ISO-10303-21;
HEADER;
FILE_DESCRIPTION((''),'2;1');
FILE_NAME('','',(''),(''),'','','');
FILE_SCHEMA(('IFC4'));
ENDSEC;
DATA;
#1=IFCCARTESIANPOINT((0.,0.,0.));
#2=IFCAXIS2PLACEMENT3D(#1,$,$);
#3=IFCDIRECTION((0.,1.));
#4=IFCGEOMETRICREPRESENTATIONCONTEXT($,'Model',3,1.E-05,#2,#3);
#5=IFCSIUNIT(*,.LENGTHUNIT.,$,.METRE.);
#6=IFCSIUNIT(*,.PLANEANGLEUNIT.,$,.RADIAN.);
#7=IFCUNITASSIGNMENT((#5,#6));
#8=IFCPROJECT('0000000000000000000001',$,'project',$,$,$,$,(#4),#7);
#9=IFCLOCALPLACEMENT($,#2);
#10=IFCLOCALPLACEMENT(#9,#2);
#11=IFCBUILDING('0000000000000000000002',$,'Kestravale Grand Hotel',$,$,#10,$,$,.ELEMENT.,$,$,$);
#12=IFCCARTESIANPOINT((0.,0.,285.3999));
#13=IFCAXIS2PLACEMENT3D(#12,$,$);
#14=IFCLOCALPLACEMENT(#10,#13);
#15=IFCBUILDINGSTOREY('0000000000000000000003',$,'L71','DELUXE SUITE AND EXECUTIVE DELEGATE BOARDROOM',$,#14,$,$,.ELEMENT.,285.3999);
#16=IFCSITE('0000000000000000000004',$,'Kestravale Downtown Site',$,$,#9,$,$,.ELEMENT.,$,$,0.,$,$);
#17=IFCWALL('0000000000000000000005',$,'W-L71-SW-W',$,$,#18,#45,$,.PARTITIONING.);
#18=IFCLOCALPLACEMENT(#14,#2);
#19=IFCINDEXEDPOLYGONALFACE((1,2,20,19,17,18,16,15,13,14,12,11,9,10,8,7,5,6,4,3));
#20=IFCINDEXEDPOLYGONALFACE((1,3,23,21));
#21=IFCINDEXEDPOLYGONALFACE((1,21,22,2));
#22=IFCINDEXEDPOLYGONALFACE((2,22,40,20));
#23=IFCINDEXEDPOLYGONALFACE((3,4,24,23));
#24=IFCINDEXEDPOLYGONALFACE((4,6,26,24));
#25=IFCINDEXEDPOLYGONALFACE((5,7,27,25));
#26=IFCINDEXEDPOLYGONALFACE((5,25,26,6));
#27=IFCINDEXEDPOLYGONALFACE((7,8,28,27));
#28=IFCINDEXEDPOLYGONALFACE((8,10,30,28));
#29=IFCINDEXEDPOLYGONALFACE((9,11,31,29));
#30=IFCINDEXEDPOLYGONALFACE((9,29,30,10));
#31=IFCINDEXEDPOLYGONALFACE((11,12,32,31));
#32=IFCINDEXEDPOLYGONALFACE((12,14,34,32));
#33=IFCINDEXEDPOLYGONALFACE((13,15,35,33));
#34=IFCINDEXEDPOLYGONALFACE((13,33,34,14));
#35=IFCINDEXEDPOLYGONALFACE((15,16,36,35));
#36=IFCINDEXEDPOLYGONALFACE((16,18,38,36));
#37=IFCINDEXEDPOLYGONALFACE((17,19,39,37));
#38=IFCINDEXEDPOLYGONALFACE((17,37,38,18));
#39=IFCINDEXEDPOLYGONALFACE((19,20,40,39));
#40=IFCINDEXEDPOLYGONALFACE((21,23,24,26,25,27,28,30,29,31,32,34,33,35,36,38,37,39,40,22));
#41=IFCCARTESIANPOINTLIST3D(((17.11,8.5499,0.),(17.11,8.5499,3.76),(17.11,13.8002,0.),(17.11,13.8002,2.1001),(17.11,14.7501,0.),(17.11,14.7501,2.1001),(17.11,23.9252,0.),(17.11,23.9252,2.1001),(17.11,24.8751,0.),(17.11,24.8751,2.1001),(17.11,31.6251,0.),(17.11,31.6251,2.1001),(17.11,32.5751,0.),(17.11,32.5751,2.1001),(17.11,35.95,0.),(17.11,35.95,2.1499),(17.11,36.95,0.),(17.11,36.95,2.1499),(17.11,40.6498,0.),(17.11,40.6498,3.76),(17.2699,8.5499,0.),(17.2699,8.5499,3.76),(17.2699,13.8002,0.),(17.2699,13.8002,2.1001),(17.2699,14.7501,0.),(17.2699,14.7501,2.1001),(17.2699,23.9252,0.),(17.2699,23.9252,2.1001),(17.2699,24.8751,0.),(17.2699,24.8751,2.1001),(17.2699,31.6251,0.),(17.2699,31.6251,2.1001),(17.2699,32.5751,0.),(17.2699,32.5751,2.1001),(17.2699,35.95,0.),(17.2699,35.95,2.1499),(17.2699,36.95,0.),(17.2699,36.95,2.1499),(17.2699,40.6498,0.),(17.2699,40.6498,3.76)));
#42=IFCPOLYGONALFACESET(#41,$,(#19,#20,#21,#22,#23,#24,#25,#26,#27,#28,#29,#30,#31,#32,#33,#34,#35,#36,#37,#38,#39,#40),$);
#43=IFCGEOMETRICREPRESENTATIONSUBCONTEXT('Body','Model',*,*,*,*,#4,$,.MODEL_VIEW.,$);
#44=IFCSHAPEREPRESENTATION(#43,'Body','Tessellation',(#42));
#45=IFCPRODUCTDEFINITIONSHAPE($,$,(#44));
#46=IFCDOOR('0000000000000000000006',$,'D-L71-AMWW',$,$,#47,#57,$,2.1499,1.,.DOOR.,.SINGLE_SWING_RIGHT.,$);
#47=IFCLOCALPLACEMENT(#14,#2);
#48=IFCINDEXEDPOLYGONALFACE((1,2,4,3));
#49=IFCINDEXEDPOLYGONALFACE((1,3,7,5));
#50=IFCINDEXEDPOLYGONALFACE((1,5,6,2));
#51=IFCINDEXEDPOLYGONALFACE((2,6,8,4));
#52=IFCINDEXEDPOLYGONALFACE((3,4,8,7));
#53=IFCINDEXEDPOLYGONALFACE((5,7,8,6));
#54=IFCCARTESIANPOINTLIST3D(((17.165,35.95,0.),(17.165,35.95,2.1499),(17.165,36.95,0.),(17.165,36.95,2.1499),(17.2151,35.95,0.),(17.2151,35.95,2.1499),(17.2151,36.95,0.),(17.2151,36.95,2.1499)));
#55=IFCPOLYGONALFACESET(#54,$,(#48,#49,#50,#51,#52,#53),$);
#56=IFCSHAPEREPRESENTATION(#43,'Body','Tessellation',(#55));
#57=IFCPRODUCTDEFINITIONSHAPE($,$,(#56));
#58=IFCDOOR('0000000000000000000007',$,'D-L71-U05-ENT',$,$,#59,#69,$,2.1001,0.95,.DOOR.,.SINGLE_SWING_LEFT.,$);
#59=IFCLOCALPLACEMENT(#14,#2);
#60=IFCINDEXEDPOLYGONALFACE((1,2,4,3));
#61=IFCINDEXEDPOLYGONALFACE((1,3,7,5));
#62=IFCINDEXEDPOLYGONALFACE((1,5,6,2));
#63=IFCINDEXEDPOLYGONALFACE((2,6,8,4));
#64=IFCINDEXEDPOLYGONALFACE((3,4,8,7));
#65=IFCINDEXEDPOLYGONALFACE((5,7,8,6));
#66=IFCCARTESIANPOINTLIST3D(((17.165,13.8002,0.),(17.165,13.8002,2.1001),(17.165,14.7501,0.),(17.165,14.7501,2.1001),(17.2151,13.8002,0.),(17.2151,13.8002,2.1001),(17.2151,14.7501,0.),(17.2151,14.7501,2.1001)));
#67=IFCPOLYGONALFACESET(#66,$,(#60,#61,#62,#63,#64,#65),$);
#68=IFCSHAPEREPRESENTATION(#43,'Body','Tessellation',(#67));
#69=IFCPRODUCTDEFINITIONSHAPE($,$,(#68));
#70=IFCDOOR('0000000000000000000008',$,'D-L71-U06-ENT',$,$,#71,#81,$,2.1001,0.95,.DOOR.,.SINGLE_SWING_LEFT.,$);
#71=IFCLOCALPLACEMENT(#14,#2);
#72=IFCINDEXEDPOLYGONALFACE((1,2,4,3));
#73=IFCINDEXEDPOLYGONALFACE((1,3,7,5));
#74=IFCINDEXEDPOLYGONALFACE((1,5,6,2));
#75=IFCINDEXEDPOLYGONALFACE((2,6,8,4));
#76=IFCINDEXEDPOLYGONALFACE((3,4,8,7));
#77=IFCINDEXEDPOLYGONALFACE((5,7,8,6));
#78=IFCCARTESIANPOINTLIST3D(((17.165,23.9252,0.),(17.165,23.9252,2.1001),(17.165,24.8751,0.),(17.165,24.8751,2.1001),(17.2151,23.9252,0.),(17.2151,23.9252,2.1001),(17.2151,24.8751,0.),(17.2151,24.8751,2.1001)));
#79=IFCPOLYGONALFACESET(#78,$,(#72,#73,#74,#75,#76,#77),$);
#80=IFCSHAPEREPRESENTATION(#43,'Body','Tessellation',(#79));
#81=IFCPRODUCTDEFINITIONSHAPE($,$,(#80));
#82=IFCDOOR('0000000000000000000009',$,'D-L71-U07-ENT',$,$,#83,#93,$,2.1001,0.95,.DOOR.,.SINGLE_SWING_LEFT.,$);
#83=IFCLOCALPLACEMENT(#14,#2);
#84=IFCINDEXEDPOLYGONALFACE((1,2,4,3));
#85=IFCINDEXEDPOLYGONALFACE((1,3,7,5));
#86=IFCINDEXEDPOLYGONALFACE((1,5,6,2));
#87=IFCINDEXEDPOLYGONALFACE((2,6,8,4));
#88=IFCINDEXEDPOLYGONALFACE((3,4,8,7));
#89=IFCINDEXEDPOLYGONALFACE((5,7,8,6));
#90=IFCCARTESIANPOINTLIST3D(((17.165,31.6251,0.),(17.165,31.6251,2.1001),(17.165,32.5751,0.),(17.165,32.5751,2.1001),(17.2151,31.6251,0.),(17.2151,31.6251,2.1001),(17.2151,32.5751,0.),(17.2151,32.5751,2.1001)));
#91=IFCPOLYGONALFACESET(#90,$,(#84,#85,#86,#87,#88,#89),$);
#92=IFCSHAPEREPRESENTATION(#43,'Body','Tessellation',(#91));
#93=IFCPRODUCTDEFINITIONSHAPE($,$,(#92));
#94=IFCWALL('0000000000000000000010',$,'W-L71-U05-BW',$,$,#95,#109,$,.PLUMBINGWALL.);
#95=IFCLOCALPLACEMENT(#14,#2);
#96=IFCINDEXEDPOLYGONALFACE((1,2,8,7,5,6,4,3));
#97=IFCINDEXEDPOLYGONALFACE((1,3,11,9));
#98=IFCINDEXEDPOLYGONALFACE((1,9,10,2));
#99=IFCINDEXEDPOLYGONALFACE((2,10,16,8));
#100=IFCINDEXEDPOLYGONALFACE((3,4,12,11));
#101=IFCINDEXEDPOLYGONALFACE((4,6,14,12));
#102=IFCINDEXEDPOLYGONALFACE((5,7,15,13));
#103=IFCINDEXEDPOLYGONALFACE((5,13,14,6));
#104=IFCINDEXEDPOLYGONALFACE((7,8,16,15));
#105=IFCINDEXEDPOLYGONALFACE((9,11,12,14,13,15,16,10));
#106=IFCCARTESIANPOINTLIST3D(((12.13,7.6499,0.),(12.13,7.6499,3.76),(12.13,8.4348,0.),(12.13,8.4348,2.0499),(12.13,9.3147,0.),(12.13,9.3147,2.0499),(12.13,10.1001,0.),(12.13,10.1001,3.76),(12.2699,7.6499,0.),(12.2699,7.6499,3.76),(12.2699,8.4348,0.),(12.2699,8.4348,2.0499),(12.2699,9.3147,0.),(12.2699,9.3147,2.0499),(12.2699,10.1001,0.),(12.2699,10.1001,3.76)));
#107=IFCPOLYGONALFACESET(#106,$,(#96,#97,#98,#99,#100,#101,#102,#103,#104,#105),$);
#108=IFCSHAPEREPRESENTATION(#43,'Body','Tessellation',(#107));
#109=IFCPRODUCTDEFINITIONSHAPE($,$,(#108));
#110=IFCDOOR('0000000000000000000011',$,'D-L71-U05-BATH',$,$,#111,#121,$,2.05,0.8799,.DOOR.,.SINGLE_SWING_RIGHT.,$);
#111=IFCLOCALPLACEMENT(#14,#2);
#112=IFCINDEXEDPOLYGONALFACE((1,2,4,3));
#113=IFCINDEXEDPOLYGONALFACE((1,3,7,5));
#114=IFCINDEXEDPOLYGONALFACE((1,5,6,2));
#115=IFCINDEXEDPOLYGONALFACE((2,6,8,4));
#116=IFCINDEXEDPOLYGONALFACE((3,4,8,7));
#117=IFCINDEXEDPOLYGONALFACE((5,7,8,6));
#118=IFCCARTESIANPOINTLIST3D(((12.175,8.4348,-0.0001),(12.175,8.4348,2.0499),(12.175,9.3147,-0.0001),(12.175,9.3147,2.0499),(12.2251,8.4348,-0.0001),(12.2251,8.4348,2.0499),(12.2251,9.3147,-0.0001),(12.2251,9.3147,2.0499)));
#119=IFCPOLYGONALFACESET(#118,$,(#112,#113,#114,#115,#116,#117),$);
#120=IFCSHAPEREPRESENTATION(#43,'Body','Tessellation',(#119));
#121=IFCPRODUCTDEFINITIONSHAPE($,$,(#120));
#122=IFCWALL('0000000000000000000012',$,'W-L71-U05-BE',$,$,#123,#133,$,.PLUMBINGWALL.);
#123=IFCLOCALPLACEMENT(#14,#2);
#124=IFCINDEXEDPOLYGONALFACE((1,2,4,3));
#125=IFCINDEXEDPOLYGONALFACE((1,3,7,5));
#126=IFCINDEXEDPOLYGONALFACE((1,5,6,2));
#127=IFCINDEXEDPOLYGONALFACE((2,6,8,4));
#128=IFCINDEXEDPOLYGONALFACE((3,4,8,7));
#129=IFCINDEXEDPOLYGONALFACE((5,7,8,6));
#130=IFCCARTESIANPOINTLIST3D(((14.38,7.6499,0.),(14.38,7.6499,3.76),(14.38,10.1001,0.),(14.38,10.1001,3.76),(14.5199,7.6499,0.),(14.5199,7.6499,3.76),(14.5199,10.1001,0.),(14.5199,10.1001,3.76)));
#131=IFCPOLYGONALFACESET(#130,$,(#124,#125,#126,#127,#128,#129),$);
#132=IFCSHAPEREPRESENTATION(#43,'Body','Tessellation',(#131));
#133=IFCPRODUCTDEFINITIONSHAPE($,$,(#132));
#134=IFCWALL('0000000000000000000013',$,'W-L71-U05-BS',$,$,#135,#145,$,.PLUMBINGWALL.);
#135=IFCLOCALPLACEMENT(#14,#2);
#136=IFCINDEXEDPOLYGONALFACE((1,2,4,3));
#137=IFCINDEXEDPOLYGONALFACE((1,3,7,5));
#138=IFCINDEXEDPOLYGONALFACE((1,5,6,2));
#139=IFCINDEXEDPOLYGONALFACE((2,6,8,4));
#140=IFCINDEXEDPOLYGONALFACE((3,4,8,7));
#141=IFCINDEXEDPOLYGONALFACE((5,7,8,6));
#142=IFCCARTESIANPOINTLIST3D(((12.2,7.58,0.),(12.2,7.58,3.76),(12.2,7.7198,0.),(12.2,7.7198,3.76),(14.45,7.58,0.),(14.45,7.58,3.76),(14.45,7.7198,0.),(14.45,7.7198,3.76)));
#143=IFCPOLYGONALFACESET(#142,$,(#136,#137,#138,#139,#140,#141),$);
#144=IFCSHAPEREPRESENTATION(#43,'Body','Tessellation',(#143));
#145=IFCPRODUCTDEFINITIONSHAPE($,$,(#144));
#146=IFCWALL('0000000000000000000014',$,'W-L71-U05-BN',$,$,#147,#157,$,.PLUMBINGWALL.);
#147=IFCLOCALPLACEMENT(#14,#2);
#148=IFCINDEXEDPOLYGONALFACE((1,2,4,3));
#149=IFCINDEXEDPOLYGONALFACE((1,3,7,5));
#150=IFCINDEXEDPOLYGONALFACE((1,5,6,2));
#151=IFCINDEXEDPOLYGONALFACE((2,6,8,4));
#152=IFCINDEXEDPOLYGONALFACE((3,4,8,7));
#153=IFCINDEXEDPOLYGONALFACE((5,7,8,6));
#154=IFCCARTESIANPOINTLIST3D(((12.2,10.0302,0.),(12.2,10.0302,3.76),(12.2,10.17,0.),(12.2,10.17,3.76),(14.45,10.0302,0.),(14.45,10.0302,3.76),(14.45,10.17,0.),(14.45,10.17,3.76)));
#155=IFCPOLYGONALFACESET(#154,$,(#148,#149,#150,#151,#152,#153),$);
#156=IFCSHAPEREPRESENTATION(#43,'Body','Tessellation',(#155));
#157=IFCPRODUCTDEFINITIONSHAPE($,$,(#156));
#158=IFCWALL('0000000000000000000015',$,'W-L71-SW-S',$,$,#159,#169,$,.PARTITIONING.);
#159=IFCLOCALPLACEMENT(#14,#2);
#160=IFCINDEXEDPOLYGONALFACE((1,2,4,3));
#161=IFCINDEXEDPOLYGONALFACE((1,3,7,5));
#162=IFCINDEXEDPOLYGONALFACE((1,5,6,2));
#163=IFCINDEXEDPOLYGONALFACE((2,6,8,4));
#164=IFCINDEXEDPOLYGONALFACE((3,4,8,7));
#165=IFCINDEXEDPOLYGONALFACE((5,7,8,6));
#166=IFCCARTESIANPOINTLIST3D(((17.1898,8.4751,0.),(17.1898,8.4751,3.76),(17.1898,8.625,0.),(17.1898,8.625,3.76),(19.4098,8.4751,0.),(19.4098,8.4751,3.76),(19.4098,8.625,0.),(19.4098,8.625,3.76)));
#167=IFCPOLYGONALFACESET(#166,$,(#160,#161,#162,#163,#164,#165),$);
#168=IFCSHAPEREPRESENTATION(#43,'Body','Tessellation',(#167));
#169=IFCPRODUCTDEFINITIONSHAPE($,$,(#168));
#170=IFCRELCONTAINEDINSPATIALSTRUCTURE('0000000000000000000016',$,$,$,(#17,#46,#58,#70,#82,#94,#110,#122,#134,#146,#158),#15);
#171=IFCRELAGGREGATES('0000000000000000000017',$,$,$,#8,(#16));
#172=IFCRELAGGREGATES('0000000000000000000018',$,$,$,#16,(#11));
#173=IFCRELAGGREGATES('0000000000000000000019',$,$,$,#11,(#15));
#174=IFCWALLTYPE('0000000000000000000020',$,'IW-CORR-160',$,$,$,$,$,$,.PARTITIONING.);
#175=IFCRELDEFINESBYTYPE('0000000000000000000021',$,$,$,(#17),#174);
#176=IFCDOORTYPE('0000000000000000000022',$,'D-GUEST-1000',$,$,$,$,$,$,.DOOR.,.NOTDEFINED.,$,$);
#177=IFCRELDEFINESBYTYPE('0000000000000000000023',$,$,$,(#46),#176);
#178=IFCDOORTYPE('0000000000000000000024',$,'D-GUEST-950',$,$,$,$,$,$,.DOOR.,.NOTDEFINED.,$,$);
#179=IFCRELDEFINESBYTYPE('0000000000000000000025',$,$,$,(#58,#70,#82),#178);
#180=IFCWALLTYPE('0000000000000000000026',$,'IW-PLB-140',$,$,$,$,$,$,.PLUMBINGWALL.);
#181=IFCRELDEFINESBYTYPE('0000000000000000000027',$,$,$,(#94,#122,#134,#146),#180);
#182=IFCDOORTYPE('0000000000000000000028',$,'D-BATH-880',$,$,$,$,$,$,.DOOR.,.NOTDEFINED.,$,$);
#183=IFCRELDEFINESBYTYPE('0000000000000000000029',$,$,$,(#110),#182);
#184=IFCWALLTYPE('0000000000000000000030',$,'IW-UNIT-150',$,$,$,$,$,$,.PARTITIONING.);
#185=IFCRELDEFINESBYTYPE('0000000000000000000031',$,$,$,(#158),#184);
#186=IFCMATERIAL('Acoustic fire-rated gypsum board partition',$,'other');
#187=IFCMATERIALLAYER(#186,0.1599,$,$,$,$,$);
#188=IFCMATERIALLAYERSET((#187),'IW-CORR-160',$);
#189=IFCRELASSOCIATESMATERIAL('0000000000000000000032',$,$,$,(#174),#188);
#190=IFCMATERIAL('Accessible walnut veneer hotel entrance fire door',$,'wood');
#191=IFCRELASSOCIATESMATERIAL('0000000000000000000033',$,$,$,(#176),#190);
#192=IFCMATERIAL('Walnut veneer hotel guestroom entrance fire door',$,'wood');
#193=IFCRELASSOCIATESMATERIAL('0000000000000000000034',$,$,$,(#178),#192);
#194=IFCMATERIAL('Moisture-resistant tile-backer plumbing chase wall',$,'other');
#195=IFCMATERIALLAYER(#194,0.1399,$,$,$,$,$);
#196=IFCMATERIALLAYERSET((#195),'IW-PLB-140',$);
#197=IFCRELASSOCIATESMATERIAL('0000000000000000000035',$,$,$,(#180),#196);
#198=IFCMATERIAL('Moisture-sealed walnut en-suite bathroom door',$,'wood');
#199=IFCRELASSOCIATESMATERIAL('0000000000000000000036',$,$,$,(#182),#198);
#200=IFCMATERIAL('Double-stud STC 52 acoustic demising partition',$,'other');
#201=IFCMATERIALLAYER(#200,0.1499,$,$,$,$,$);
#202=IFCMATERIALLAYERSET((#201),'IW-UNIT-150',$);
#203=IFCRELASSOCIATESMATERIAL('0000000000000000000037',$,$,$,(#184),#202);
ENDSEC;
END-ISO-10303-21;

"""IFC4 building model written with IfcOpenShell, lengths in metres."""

from ifc_helpers import new_model, si_unit, direction, frame, frame_2d, origin, place, context, subcontext, project, spatial, rectangle, extrude, material, layer, layer_set, type_object, element, fill, save


model = new_model("IFC4")

# Units and contexts
model_context = context("Model", 3, precision=1e-05, world=origin(), true_north=direction((0.0, 1.0)))
body_context = subcontext(model_context, "Body", "Model", "MODEL_VIEW")
ifc_project = project(units=[si_unit("LENGTHUNIT", "METRE"), si_unit("PLANEANGLEUNIT", "RADIAN")], contexts=[model_context])

# Site, building, storey
site_placement = place(None, origin())
site = spatial("IfcSite", under=ifc_project, at=site_placement, Name="Kestravale Downtown Site", CompositionType="ELEMENT", RefElevation=0.0)
building_placement = place(site_placement, origin())
building = spatial("IfcBuilding", under=site, at=building_placement, Name="Kestravale Grand Hotel", CompositionType="ELEMENT")
storey_placement = place(building_placement, frame((0.0, 0.0, 285.3999)))
storey = spatial("IfcBuildingStorey", under=building, at=storey_placement, Name="L71", Description="DELUXE SUITE AND EXECUTIVE DELEGATE BOARDROOM", CompositionType="ELEMENT", Elevation=285.3999)

# Wall, openings, doors
ifc_material_1 = material(Name="Acoustic fire-rated gypsum board partition", Category="other")
ifc_layer_1 = layer(ifc_material_1, 0.1599)
ifc_layer_set_1 = layer_set([ifc_layer_1], Name="IW-CORR-160")
wall_type_1 = type_object("IfcWallType", Name="IW-CORR-160", PredefinedType="PARTITIONING", material=ifc_layer_set_1)
wall_1_placement = place(storey_placement, frame((17.1899, 8.55, 0.0), z_axis=(0.0, 0.0, 1.0), x_axis=(0.0, 1.0, 0.0)))
wall_1 = element("IfcWall", 1, at=wall_1_placement, inside=storey, type_object=wall_type_1, Name="W-L71-SW-W", PredefinedType="PARTITIONING", context=body_context, shape_type="SweptSolid", body=[
    extrude(rectangle(XDim=32.0999, YDim=0.1599, at=frame_2d((16.0498, 0.0))), origin(), (0.0, 0.0, 1.0), 3.76),
])
opening_1_placement = place(wall_1_placement, frame((5.25, 0.0, 0.0)))
opening_1 = element("IfcOpeningElement", 2, at=opening_1_placement, cuts=wall_1, PredefinedType="OPENING", context=body_context, shape_type="SweptSolid", body=[
    extrude(rectangle(XDim=0.95, YDim=2.1001, at=frame_2d((0.4751, 1.05))), frame((0.0, 0.0898, 0.0), z_axis=(0.0, -1.0, 0.0), x_axis=(1.0, 0.0, 0.0)), (0.0, 0.0, 1.0), 0.1799),
])
opening_2_placement = place(wall_1_placement, frame((15.375, 0.0, 0.0)))
opening_2 = element("IfcOpeningElement", 3, at=opening_2_placement, cuts=wall_1, PredefinedType="OPENING", context=body_context, shape_type="SweptSolid", body=[
    extrude(rectangle(XDim=0.95, YDim=2.1001, at=frame_2d((0.4751, 1.05))), frame((0.0, 0.0898, 0.0), z_axis=(0.0, -1.0, 0.0), x_axis=(1.0, 0.0, 0.0)), (0.0, 0.0, 1.0), 0.1799),
])
opening_3_placement = place(wall_1_placement, frame((23.075, 0.0, 0.0)))
opening_3 = element("IfcOpeningElement", 4, at=opening_3_placement, cuts=wall_1, PredefinedType="OPENING", context=body_context, shape_type="SweptSolid", body=[
    extrude(rectangle(XDim=0.95, YDim=2.1001, at=frame_2d((0.4751, 1.05))), frame((0.0, 0.0898, 0.0), z_axis=(0.0, -1.0, 0.0), x_axis=(1.0, 0.0, 0.0)), (0.0, 0.0, 1.0), 0.1799),
])
opening_4_placement = place(wall_1_placement, frame((27.3999, 0.0, 0.0)))
opening_4 = element("IfcOpeningElement", 5, at=opening_4_placement, cuts=wall_1, PredefinedType="OPENING", context=body_context, shape_type="SweptSolid", body=[
    extrude(rectangle(XDim=1.0, YDim=2.1499, at=frame_2d((0.5, 1.075))), frame((0.0, 0.0898, 0.0), z_axis=(0.0, -1.0, 0.0), x_axis=(1.0, 0.0, 0.0)), (0.0, 0.0, 1.0), 0.1799),
])
ifc_material_2 = material(Name="Accessible walnut veneer hotel entrance fire door", Category="wood")
door_type_1 = type_object("IfcDoorType", Name="D-GUEST-1000", OperationType="NOTDEFINED", PredefinedType="DOOR", material=ifc_material_2)
door_1_placement = place(opening_4_placement, origin())
door_1 = element("IfcDoor", 6, at=door_1_placement, inside=storey, type_object=door_type_1, Name="D-L71-AMWW", OperationType="SINGLE_SWING_RIGHT", OverallHeight=2.1499, OverallWidth=1.0, PredefinedType="DOOR", context=body_context, shape_type="SweptSolid", body=[
    extrude(rectangle(XDim=1.0, YDim=2.1499, at=frame_2d((0.5, 1.075))), frame((0.0, 0.0249, 0.0), z_axis=(0.0, -1.0, 0.0), x_axis=(1.0, 0.0, 0.0)), (0.0, 0.0, 1.0), 0.05),
])
fill(opening_4, door_1)
ifc_material_3 = material(Name="Walnut veneer hotel guestroom entrance fire door", Category="wood")
door_type_2 = type_object("IfcDoorType", Name="D-GUEST-950", OperationType="NOTDEFINED", PredefinedType="DOOR", material=ifc_material_3)
door_2_placement = place(opening_1_placement, origin())
door_2 = element("IfcDoor", 7, at=door_2_placement, inside=storey, type_object=door_type_2, Name="D-L71-U05-ENT", OperationType="SINGLE_SWING_LEFT", OverallHeight=2.1001, OverallWidth=0.95, PredefinedType="DOOR", context=body_context, shape_type="SweptSolid", body=[
    extrude(rectangle(XDim=0.95, YDim=2.1001, at=frame_2d((0.4751, 1.05))), frame((0.0, 0.0249, 0.0), z_axis=(0.0, -1.0, 0.0), x_axis=(1.0, 0.0, 0.0)), (0.0, 0.0, 1.0), 0.05),
])
fill(opening_1, door_2)
door_3_placement = place(opening_2_placement, origin())
door_3 = element("IfcDoor", 8, at=door_3_placement, inside=storey, type_object=door_type_2, Name="D-L71-U06-ENT", OperationType="SINGLE_SWING_LEFT", OverallHeight=2.1001, OverallWidth=0.95, PredefinedType="DOOR", context=body_context, shape_type="SweptSolid", body=[
    extrude(rectangle(XDim=0.95, YDim=2.1001, at=frame_2d((0.4751, 1.05))), frame((0.0, 0.0249, 0.0), z_axis=(0.0, -1.0, 0.0), x_axis=(1.0, 0.0, 0.0)), (0.0, 0.0, 1.0), 0.05),
])
fill(opening_2, door_3)
door_4_placement = place(opening_3_placement, origin())
door_4 = element("IfcDoor", 9, at=door_4_placement, inside=storey, type_object=door_type_2, Name="D-L71-U07-ENT", OperationType="SINGLE_SWING_LEFT", OverallHeight=2.1001, OverallWidth=0.95, PredefinedType="DOOR", context=body_context, shape_type="SweptSolid", body=[
    extrude(rectangle(XDim=0.95, YDim=2.1001, at=frame_2d((0.4751, 1.05))), frame((0.0, 0.0249, 0.0), z_axis=(0.0, -1.0, 0.0), x_axis=(1.0, 0.0, 0.0)), (0.0, 0.0, 1.0), 0.05),
])
fill(opening_3, door_4)

# Wall, opening, door
ifc_material_4 = material(Name="Moisture-resistant tile-backer plumbing chase wall", Category="other")
ifc_layer_2 = layer(ifc_material_4, 0.1399)
ifc_layer_set_2 = layer_set([ifc_layer_2], Name="IW-PLB-140")
wall_type_2 = type_object("IfcWallType", Name="IW-PLB-140", PredefinedType="PLUMBINGWALL", material=ifc_layer_set_2)
wall_2_placement = place(storey_placement, frame((12.2, 7.6499, 0.0), z_axis=(0.0, 0.0, 1.0), x_axis=(0.0, 1.0, 0.0)))
wall_2 = element("IfcWall", 10, at=wall_2_placement, inside=storey, type_object=wall_type_2, Name="W-L71-U05-BW", PredefinedType="PLUMBINGWALL", context=body_context, shape_type="SweptSolid", body=[
    extrude(rectangle(XDim=2.4502, YDim=0.1399, at=frame_2d((1.2251, 0.0))), origin(), (0.0, 0.0, 1.0), 3.76),
])
opening_5_placement = place(wall_2_placement, frame((0.7849, 0.0, 0.0)))
opening_5 = element("IfcOpeningElement", 11, at=opening_5_placement, cuts=wall_2, PredefinedType="OPENING", context=body_context, shape_type="SweptSolid", body=[
    extrude(rectangle(XDim=0.8799, YDim=2.05, at=frame_2d((0.4399, 1.0249))), frame((0.0, 0.0798, 0.0), z_axis=(0.0, -1.0, 0.0), x_axis=(1.0, 0.0, 0.0)), (0.0, 0.0, 1.0), 0.1599),
])
ifc_material_5 = material(Name="Moisture-sealed walnut en-suite bathroom door", Category="wood")
door_type_3 = type_object("IfcDoorType", Name="D-BATH-880", OperationType="NOTDEFINED", PredefinedType="DOOR", material=ifc_material_5)
door_5_placement = place(opening_5_placement, origin())
door_5 = element("IfcDoor", 12, at=door_5_placement, inside=storey, type_object=door_type_3, Name="D-L71-U05-BATH", OperationType="SINGLE_SWING_RIGHT", OverallHeight=2.05, OverallWidth=0.8799, PredefinedType="DOOR", context=body_context, shape_type="SweptSolid", body=[
    extrude(rectangle(XDim=0.8799, YDim=2.05, at=frame_2d((0.4399, 1.0249))), frame((0.0, 0.0249, 0.0), z_axis=(0.0, -1.0, 0.0), x_axis=(1.0, 0.0, 0.0)), (0.0, 0.0, 1.0), 0.05),
])
fill(opening_5, door_5)

# Walls
wall_3_placement = place(storey_placement, frame((14.45, 7.6499, 0.0), z_axis=(0.0, 0.0, 1.0), x_axis=(0.0, 1.0, 0.0)))
element("IfcWall", 13, at=wall_3_placement, inside=storey, type_object=wall_type_2, Name="W-L71-U05-BE", PredefinedType="PLUMBINGWALL", context=body_context, shape_type="SweptSolid", body=[
    extrude(rectangle(XDim=2.4502, YDim=0.1399, at=frame_2d((1.2251, 0.0))), origin(), (0.0, 0.0, 1.0), 3.76),
])
for number, where, z_axis, x_axis, name in (
    (14, (12.2, 7.6499, 0.0), (0.0, 0.0, 1.0), (1.0, 0.0, 0.0), "W-L71-U05-BS"),
    (15, (12.2, 10.1001, 0.0), (0.0, 0.0, 1.0), (1.0, 0.0, 0.0), "W-L71-U05-BN"),
):
    element("IfcWall", number, at=place(storey_placement, frame(where, z_axis=z_axis, x_axis=x_axis)), inside=storey, type_object=wall_type_2, Name=name, PredefinedType="PLUMBINGWALL", context=body_context, shape_type="SweptSolid", body=[
        extrude(rectangle(XDim=2.25, YDim=0.1399, at=frame_2d((1.125, 0.0))), origin(), (0.0, 0.0, 1.0), 3.76),
    ])
ifc_material_6 = material(Name="Double-stud STC 52 acoustic demising partition", Category="other")
ifc_layer_3 = layer(ifc_material_6, 0.1499)
ifc_layer_set_3 = layer_set([ifc_layer_3], Name="IW-UNIT-150")
wall_type_3 = type_object("IfcWallType", Name="IW-UNIT-150", PredefinedType="PARTITIONING", material=ifc_layer_set_3)
wall_4_placement = place(storey_placement, frame((17.1899, 8.55, 0.0), z_axis=(0.0, 0.0, 1.0), x_axis=(1.0, 0.0, 0.0)))
element("IfcWall", 16, at=wall_4_placement, inside=storey, type_object=wall_type_3, Name="W-L71-SW-S", PredefinedType="PARTITIONING", context=body_context, shape_type="SweptSolid", body=[
    extrude(rectangle(XDim=2.22, YDim=0.1499, at=frame_2d((1.1099, 0.0))), origin(), (0.0, 0.0, 1.0), 3.76),
])

save(model, "model.ifc")
